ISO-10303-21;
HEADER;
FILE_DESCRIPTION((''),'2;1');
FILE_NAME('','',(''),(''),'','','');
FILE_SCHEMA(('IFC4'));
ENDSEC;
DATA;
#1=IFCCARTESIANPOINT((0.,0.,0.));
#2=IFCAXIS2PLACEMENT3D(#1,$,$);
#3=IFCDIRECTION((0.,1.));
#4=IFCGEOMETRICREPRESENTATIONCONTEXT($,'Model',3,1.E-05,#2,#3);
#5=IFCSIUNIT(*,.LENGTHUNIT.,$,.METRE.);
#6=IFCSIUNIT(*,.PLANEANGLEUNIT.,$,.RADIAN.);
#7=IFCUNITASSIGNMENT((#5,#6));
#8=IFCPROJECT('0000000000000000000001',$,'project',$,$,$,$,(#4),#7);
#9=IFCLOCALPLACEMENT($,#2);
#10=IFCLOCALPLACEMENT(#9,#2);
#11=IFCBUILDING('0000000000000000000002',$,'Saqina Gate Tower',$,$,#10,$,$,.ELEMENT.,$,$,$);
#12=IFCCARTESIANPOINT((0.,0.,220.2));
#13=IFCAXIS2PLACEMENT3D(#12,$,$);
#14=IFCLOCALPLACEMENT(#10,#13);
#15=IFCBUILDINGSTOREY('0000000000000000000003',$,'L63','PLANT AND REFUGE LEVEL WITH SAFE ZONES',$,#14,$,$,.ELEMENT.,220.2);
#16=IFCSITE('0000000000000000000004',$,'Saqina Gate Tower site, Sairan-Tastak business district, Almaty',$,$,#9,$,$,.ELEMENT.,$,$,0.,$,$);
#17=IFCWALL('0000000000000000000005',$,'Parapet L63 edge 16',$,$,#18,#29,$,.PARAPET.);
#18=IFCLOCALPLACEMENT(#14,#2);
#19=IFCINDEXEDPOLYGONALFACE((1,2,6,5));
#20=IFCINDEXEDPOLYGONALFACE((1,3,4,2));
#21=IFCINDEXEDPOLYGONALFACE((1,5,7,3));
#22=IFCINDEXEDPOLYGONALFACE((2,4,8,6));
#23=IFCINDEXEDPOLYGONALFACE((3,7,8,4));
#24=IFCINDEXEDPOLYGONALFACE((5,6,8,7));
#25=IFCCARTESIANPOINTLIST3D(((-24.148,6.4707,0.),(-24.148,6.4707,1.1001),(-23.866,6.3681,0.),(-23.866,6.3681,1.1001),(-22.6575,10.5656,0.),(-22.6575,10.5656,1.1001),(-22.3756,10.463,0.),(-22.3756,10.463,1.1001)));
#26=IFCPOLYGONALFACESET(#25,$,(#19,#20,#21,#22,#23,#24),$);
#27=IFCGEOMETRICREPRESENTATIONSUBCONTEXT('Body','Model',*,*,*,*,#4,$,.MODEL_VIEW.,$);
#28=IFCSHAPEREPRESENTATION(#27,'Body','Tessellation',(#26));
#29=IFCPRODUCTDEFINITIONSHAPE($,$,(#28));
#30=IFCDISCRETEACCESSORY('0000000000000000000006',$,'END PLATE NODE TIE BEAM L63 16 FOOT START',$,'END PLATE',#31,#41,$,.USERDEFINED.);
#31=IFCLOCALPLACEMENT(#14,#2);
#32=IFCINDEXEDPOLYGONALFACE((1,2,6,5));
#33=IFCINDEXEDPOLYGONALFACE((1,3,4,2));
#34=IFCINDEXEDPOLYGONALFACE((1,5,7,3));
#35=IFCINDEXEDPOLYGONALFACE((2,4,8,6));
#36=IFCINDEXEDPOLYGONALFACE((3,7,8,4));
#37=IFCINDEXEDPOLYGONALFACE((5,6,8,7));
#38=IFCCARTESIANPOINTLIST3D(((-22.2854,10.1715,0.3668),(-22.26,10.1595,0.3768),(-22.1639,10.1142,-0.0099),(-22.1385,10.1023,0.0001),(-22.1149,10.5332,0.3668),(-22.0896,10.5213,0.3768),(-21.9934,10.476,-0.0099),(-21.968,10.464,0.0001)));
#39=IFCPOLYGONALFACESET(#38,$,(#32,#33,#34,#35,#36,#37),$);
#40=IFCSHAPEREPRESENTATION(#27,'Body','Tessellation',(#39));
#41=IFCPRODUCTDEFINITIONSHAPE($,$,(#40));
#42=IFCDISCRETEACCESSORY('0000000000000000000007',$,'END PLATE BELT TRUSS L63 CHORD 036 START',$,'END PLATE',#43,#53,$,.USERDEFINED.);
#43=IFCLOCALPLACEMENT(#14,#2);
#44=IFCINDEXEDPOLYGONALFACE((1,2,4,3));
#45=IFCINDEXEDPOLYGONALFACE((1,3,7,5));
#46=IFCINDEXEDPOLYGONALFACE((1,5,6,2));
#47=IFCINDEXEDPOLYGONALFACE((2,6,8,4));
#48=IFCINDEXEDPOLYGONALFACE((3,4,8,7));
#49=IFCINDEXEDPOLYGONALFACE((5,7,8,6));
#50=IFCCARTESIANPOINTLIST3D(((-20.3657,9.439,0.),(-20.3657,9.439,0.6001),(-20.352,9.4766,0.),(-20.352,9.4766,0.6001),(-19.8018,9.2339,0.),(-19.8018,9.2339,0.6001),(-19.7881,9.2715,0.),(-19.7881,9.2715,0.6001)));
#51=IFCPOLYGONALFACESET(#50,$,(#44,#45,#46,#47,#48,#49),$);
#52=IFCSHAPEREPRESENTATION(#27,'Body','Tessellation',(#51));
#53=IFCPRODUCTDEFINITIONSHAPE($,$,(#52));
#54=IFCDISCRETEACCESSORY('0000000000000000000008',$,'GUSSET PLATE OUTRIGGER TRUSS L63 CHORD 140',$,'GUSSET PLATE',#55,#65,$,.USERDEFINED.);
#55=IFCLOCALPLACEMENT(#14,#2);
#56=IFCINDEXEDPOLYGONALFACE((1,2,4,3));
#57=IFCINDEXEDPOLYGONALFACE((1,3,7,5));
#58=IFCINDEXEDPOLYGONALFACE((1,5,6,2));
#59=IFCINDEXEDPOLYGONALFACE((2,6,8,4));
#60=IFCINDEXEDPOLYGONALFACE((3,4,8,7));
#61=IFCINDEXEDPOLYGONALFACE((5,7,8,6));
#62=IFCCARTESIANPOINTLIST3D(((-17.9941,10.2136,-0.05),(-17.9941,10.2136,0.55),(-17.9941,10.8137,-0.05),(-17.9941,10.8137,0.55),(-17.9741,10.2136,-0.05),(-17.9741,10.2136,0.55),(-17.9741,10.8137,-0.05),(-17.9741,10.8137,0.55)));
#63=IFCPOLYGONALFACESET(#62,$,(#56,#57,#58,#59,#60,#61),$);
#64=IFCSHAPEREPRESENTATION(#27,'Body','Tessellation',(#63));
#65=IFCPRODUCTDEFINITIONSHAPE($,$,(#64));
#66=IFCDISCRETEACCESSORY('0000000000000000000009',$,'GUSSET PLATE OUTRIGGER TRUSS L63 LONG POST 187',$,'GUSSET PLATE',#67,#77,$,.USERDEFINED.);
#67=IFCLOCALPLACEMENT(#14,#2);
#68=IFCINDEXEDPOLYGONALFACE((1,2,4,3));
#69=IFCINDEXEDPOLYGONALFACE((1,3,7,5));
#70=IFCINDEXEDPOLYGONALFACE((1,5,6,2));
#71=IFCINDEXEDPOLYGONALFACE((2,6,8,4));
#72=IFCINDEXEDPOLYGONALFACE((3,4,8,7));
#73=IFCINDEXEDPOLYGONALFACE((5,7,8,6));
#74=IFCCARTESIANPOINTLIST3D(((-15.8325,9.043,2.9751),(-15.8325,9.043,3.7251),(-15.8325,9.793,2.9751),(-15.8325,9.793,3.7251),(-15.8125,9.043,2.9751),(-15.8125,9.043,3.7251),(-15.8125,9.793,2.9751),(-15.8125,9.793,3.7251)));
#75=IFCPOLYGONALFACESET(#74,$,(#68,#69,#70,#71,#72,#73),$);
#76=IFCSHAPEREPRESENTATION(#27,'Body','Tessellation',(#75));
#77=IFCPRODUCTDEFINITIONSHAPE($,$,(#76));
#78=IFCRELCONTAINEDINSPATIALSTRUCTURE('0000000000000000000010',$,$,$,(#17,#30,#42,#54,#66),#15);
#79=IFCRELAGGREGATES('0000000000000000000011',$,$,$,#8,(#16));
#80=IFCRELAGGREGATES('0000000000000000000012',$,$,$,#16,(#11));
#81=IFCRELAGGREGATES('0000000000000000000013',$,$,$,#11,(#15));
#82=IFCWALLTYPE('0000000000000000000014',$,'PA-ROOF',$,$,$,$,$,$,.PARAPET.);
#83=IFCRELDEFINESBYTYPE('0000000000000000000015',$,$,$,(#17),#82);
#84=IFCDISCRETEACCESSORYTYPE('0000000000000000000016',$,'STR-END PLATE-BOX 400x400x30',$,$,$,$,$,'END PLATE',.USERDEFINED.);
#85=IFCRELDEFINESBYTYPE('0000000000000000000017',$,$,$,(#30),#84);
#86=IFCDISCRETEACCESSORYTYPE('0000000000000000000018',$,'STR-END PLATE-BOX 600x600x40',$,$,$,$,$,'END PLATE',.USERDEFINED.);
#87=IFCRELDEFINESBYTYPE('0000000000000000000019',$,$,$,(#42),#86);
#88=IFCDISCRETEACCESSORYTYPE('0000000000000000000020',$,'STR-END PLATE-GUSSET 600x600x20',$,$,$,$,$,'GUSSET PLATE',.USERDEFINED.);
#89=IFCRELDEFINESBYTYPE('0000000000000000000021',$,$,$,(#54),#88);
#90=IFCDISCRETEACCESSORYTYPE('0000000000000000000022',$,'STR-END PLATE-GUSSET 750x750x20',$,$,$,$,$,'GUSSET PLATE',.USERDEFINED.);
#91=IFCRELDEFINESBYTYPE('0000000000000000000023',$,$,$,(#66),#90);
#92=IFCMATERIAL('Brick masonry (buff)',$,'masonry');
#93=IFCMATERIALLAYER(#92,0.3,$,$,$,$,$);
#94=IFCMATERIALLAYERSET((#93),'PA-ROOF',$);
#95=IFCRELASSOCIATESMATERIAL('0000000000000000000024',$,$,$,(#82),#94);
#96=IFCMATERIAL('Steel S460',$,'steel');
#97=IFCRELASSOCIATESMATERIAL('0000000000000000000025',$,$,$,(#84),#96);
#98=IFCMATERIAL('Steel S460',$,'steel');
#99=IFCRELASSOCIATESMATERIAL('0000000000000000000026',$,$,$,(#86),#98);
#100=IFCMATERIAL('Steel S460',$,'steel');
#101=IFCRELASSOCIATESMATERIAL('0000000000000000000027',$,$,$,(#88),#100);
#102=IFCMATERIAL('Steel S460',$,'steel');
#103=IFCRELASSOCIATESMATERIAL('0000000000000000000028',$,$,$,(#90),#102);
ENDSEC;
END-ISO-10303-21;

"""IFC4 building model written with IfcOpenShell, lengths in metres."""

from ifc_helpers import new_model, si_unit, direction, frame, frame_2d, origin, origin_2d, place, context, subcontext, project, spatial, rectangle, extrude, material, layer, layer_set, material_profile, profile_set, type_object, element, save


model = new_model("IFC4")

# Units and contexts
model_context = context("Model", 3, precision=1e-05, world=origin(), true_north=direction((0.0, 1.0)))
body_context = subcontext(model_context, "Body", "Model", "MODEL_VIEW")
ifc_project = project(units=[si_unit("LENGTHUNIT", "METRE"), si_unit("PLANEANGLEUNIT", "RADIAN")], contexts=[model_context])

# Site, building, storey
site_placement = place(None, origin())
site = spatial("IfcSite", under=ifc_project, at=site_placement, Name="Saqina Gate Tower site, Sairan-Tastak business district, Almaty", CompositionType="ELEMENT", RefElevation=0.0)
building_placement = place(site_placement, origin())
building = spatial("IfcBuilding", under=site, at=building_placement, Name="Saqina Gate Tower", CompositionType="ELEMENT")
storey_placement = place(building_placement, frame((0.0, 0.0, 220.2)))
storey = spatial("IfcBuildingStorey", under=building, at=storey_placement, Name="L63", Description="PLANT AND REFUGE LEVEL WITH SAFE ZONES", CompositionType="ELEMENT", Elevation=220.2)

# Wall
ifc_material_1 = material(Name="Brick masonry (buff)", Category="masonry")
ifc_layer = layer(ifc_material_1, 0.3)
ifc_layer_set = layer_set([ifc_layer], Name="PA-ROOF")
wall_type = type_object("IfcWallType", Name="PA-ROOF", PredefinedType="PARAPET", material=ifc_layer_set)
wall_placement = place(storey_placement, frame((-22.5166, 10.5142, 0.0), z_axis=(0.0, 0.0, 1.0), x_axis=(-0.342026, -0.93969, 0.0)))
element("IfcWall", 1, at=wall_placement, inside=storey, type_object=wall_type, Name="Parapet L63 edge 16", PredefinedType="PARAPET", context=body_context, shape_type="SweptSolid", body=[
    extrude(rectangle(XDim=4.3577, YDim=0.3, at=frame_2d((2.1787, 0.0))), origin(), (0.0, 0.0, 1.0), 1.1001),
])

# Discrete accessories
ifc_material_2 = material(Name="Steel S460", Category="steel")
ifc_material_profile_1 = material_profile(ifc_material_2, rectangle(XDim=0.3999, YDim=0.3999, at=origin_2d()), Name="STR-END PLATE-BOX 400x400x30")
ifc_profile_set_1 = profile_set([ifc_material_profile_1], Name="Steel S460")
discrete_accessory_type_1 = type_object("IfcDiscreteAccessoryType", Name="STR-END PLATE-BOX 400x400x30", ElementType="END PLATE", PredefinedType="USERDEFINED", material=ifc_profile_set_1)
discrete_accessory_1_placement = place(storey_placement, frame((-22.114, 10.3118, 0.1885), z_axis=(-0.852058, 0.401451, -0.335908), x_axis=(0.426216, 0.904621, -0.000001)))
element("IfcDiscreteAccessory", 2, at=discrete_accessory_1_placement, inside=storey, type_object=discrete_accessory_type_1, Name="END PLATE NODE TIE BEAM L63 16 FOOT START", ObjectType="END PLATE", PredefinedType="USERDEFINED", context=body_context, shape_type="SweptSolid", body=[
    extrude(rectangle(XDim=0.3999, YDim=0.3999, at=origin_2d()), origin(), (0.0, 0.0, 1.0), 0.0298),
])
ifc_material_3 = material(Name="Steel S460", Category="steel")
ifc_material_profile_2 = material_profile(ifc_material_3, rectangle(XDim=0.6001, YDim=0.6001, at=origin_2d()), Name="STR-END PLATE-BOX 600x600x40")
ifc_profile_set_2 = profile_set([ifc_material_profile_2], Name="Steel S460")
discrete_accessory_type_2 = type_object("IfcDiscreteAccessoryType", Name="STR-END PLATE-BOX 600x600x40", ElementType="END PLATE", PredefinedType="USERDEFINED", material=ifc_profile_set_2)
discrete_accessory_2_placement = place(storey_placement, frame((-20.0837, 9.3364, 0.3), z_axis=(0.341743, 0.939793, 0.0), x_axis=(0.939793, -0.341743, 0.0)))
element("IfcDiscreteAccessory", 3, at=discrete_accessory_2_placement, inside=storey, type_object=discrete_accessory_type_2, Name="END PLATE BELT TRUSS L63 CHORD 036 START", ObjectType="END PLATE", PredefinedType="USERDEFINED", context=body_context, shape_type="SweptSolid", body=[
    extrude(rectangle(XDim=0.6001, YDim=0.6001, at=origin_2d()), origin(), (0.0, 0.0, 1.0), 0.04),
])
ifc_material_4 = material(Name="Steel S460", Category="steel")
ifc_material_profile_3 = material_profile(ifc_material_4, rectangle(XDim=0.6001, YDim=0.6001, at=origin_2d()), Name="STR-END PLATE-GUSSET 600x600x20")
ifc_profile_set_3 = profile_set([ifc_material_profile_3], Name="Steel S460")
discrete_accessory_type_3 = type_object("IfcDiscreteAccessoryType", Name="STR-END PLATE-GUSSET 600x600x20", ElementType="GUSSET PLATE", PredefinedType="USERDEFINED", material=ifc_profile_set_3)
discrete_accessory_3_placement = place(storey_placement, frame((-17.9941, 10.5137, 0.25), z_axis=(1.0, 0.0, 0.0), x_axis=(0.0, 1.0, 0.0)))
element("IfcDiscreteAccessory", 4, at=discrete_accessory_3_placement, inside=storey, type_object=discrete_accessory_type_3, Name="GUSSET PLATE OUTRIGGER TRUSS L63 CHORD 140", ObjectType="GUSSET PLATE", PredefinedType="USERDEFINED", context=body_context, shape_type="SweptSolid", body=[
    extrude(rectangle(XDim=0.6001, YDim=0.6001, at=origin_2d()), origin(), (0.0, 0.0, 1.0), 0.02),
])
ifc_material_5 = material(Name="Steel S460", Category="steel")
ifc_material_profile_4 = material_profile(ifc_material_5, rectangle(XDim=0.75, YDim=0.75, at=origin_2d()), Name="STR-END PLATE-GUSSET 750x750x20")
ifc_profile_set_4 = profile_set([ifc_material_profile_4], Name="Steel S460")
discrete_accessory_type_4 = type_object("IfcDiscreteAccessoryType", Name="STR-END PLATE-GUSSET 750x750x20", ElementType="GUSSET PLATE", PredefinedType="USERDEFINED", material=ifc_profile_set_4)
discrete_accessory_4_placement = place(storey_placement, frame((-15.8125, 9.418, 3.3501), z_axis=(-1.0, 0.0, 0.0), x_axis=(0.0, -1.0, 0.0)))
element("IfcDiscreteAccessory", 5, at=discrete_accessory_4_placement, inside=storey, type_object=discrete_accessory_type_4, Name="GUSSET PLATE OUTRIGGER TRUSS L63 LONG POST 187", ObjectType="GUSSET PLATE", PredefinedType="USERDEFINED", context=body_context, shape_type="SweptSolid", body=[
    extrude(rectangle(XDim=0.75, YDim=0.75, at=origin_2d()), origin(), (0.0, 0.0, 1.0), 0.02),
])

save(model, "model.ifc")
